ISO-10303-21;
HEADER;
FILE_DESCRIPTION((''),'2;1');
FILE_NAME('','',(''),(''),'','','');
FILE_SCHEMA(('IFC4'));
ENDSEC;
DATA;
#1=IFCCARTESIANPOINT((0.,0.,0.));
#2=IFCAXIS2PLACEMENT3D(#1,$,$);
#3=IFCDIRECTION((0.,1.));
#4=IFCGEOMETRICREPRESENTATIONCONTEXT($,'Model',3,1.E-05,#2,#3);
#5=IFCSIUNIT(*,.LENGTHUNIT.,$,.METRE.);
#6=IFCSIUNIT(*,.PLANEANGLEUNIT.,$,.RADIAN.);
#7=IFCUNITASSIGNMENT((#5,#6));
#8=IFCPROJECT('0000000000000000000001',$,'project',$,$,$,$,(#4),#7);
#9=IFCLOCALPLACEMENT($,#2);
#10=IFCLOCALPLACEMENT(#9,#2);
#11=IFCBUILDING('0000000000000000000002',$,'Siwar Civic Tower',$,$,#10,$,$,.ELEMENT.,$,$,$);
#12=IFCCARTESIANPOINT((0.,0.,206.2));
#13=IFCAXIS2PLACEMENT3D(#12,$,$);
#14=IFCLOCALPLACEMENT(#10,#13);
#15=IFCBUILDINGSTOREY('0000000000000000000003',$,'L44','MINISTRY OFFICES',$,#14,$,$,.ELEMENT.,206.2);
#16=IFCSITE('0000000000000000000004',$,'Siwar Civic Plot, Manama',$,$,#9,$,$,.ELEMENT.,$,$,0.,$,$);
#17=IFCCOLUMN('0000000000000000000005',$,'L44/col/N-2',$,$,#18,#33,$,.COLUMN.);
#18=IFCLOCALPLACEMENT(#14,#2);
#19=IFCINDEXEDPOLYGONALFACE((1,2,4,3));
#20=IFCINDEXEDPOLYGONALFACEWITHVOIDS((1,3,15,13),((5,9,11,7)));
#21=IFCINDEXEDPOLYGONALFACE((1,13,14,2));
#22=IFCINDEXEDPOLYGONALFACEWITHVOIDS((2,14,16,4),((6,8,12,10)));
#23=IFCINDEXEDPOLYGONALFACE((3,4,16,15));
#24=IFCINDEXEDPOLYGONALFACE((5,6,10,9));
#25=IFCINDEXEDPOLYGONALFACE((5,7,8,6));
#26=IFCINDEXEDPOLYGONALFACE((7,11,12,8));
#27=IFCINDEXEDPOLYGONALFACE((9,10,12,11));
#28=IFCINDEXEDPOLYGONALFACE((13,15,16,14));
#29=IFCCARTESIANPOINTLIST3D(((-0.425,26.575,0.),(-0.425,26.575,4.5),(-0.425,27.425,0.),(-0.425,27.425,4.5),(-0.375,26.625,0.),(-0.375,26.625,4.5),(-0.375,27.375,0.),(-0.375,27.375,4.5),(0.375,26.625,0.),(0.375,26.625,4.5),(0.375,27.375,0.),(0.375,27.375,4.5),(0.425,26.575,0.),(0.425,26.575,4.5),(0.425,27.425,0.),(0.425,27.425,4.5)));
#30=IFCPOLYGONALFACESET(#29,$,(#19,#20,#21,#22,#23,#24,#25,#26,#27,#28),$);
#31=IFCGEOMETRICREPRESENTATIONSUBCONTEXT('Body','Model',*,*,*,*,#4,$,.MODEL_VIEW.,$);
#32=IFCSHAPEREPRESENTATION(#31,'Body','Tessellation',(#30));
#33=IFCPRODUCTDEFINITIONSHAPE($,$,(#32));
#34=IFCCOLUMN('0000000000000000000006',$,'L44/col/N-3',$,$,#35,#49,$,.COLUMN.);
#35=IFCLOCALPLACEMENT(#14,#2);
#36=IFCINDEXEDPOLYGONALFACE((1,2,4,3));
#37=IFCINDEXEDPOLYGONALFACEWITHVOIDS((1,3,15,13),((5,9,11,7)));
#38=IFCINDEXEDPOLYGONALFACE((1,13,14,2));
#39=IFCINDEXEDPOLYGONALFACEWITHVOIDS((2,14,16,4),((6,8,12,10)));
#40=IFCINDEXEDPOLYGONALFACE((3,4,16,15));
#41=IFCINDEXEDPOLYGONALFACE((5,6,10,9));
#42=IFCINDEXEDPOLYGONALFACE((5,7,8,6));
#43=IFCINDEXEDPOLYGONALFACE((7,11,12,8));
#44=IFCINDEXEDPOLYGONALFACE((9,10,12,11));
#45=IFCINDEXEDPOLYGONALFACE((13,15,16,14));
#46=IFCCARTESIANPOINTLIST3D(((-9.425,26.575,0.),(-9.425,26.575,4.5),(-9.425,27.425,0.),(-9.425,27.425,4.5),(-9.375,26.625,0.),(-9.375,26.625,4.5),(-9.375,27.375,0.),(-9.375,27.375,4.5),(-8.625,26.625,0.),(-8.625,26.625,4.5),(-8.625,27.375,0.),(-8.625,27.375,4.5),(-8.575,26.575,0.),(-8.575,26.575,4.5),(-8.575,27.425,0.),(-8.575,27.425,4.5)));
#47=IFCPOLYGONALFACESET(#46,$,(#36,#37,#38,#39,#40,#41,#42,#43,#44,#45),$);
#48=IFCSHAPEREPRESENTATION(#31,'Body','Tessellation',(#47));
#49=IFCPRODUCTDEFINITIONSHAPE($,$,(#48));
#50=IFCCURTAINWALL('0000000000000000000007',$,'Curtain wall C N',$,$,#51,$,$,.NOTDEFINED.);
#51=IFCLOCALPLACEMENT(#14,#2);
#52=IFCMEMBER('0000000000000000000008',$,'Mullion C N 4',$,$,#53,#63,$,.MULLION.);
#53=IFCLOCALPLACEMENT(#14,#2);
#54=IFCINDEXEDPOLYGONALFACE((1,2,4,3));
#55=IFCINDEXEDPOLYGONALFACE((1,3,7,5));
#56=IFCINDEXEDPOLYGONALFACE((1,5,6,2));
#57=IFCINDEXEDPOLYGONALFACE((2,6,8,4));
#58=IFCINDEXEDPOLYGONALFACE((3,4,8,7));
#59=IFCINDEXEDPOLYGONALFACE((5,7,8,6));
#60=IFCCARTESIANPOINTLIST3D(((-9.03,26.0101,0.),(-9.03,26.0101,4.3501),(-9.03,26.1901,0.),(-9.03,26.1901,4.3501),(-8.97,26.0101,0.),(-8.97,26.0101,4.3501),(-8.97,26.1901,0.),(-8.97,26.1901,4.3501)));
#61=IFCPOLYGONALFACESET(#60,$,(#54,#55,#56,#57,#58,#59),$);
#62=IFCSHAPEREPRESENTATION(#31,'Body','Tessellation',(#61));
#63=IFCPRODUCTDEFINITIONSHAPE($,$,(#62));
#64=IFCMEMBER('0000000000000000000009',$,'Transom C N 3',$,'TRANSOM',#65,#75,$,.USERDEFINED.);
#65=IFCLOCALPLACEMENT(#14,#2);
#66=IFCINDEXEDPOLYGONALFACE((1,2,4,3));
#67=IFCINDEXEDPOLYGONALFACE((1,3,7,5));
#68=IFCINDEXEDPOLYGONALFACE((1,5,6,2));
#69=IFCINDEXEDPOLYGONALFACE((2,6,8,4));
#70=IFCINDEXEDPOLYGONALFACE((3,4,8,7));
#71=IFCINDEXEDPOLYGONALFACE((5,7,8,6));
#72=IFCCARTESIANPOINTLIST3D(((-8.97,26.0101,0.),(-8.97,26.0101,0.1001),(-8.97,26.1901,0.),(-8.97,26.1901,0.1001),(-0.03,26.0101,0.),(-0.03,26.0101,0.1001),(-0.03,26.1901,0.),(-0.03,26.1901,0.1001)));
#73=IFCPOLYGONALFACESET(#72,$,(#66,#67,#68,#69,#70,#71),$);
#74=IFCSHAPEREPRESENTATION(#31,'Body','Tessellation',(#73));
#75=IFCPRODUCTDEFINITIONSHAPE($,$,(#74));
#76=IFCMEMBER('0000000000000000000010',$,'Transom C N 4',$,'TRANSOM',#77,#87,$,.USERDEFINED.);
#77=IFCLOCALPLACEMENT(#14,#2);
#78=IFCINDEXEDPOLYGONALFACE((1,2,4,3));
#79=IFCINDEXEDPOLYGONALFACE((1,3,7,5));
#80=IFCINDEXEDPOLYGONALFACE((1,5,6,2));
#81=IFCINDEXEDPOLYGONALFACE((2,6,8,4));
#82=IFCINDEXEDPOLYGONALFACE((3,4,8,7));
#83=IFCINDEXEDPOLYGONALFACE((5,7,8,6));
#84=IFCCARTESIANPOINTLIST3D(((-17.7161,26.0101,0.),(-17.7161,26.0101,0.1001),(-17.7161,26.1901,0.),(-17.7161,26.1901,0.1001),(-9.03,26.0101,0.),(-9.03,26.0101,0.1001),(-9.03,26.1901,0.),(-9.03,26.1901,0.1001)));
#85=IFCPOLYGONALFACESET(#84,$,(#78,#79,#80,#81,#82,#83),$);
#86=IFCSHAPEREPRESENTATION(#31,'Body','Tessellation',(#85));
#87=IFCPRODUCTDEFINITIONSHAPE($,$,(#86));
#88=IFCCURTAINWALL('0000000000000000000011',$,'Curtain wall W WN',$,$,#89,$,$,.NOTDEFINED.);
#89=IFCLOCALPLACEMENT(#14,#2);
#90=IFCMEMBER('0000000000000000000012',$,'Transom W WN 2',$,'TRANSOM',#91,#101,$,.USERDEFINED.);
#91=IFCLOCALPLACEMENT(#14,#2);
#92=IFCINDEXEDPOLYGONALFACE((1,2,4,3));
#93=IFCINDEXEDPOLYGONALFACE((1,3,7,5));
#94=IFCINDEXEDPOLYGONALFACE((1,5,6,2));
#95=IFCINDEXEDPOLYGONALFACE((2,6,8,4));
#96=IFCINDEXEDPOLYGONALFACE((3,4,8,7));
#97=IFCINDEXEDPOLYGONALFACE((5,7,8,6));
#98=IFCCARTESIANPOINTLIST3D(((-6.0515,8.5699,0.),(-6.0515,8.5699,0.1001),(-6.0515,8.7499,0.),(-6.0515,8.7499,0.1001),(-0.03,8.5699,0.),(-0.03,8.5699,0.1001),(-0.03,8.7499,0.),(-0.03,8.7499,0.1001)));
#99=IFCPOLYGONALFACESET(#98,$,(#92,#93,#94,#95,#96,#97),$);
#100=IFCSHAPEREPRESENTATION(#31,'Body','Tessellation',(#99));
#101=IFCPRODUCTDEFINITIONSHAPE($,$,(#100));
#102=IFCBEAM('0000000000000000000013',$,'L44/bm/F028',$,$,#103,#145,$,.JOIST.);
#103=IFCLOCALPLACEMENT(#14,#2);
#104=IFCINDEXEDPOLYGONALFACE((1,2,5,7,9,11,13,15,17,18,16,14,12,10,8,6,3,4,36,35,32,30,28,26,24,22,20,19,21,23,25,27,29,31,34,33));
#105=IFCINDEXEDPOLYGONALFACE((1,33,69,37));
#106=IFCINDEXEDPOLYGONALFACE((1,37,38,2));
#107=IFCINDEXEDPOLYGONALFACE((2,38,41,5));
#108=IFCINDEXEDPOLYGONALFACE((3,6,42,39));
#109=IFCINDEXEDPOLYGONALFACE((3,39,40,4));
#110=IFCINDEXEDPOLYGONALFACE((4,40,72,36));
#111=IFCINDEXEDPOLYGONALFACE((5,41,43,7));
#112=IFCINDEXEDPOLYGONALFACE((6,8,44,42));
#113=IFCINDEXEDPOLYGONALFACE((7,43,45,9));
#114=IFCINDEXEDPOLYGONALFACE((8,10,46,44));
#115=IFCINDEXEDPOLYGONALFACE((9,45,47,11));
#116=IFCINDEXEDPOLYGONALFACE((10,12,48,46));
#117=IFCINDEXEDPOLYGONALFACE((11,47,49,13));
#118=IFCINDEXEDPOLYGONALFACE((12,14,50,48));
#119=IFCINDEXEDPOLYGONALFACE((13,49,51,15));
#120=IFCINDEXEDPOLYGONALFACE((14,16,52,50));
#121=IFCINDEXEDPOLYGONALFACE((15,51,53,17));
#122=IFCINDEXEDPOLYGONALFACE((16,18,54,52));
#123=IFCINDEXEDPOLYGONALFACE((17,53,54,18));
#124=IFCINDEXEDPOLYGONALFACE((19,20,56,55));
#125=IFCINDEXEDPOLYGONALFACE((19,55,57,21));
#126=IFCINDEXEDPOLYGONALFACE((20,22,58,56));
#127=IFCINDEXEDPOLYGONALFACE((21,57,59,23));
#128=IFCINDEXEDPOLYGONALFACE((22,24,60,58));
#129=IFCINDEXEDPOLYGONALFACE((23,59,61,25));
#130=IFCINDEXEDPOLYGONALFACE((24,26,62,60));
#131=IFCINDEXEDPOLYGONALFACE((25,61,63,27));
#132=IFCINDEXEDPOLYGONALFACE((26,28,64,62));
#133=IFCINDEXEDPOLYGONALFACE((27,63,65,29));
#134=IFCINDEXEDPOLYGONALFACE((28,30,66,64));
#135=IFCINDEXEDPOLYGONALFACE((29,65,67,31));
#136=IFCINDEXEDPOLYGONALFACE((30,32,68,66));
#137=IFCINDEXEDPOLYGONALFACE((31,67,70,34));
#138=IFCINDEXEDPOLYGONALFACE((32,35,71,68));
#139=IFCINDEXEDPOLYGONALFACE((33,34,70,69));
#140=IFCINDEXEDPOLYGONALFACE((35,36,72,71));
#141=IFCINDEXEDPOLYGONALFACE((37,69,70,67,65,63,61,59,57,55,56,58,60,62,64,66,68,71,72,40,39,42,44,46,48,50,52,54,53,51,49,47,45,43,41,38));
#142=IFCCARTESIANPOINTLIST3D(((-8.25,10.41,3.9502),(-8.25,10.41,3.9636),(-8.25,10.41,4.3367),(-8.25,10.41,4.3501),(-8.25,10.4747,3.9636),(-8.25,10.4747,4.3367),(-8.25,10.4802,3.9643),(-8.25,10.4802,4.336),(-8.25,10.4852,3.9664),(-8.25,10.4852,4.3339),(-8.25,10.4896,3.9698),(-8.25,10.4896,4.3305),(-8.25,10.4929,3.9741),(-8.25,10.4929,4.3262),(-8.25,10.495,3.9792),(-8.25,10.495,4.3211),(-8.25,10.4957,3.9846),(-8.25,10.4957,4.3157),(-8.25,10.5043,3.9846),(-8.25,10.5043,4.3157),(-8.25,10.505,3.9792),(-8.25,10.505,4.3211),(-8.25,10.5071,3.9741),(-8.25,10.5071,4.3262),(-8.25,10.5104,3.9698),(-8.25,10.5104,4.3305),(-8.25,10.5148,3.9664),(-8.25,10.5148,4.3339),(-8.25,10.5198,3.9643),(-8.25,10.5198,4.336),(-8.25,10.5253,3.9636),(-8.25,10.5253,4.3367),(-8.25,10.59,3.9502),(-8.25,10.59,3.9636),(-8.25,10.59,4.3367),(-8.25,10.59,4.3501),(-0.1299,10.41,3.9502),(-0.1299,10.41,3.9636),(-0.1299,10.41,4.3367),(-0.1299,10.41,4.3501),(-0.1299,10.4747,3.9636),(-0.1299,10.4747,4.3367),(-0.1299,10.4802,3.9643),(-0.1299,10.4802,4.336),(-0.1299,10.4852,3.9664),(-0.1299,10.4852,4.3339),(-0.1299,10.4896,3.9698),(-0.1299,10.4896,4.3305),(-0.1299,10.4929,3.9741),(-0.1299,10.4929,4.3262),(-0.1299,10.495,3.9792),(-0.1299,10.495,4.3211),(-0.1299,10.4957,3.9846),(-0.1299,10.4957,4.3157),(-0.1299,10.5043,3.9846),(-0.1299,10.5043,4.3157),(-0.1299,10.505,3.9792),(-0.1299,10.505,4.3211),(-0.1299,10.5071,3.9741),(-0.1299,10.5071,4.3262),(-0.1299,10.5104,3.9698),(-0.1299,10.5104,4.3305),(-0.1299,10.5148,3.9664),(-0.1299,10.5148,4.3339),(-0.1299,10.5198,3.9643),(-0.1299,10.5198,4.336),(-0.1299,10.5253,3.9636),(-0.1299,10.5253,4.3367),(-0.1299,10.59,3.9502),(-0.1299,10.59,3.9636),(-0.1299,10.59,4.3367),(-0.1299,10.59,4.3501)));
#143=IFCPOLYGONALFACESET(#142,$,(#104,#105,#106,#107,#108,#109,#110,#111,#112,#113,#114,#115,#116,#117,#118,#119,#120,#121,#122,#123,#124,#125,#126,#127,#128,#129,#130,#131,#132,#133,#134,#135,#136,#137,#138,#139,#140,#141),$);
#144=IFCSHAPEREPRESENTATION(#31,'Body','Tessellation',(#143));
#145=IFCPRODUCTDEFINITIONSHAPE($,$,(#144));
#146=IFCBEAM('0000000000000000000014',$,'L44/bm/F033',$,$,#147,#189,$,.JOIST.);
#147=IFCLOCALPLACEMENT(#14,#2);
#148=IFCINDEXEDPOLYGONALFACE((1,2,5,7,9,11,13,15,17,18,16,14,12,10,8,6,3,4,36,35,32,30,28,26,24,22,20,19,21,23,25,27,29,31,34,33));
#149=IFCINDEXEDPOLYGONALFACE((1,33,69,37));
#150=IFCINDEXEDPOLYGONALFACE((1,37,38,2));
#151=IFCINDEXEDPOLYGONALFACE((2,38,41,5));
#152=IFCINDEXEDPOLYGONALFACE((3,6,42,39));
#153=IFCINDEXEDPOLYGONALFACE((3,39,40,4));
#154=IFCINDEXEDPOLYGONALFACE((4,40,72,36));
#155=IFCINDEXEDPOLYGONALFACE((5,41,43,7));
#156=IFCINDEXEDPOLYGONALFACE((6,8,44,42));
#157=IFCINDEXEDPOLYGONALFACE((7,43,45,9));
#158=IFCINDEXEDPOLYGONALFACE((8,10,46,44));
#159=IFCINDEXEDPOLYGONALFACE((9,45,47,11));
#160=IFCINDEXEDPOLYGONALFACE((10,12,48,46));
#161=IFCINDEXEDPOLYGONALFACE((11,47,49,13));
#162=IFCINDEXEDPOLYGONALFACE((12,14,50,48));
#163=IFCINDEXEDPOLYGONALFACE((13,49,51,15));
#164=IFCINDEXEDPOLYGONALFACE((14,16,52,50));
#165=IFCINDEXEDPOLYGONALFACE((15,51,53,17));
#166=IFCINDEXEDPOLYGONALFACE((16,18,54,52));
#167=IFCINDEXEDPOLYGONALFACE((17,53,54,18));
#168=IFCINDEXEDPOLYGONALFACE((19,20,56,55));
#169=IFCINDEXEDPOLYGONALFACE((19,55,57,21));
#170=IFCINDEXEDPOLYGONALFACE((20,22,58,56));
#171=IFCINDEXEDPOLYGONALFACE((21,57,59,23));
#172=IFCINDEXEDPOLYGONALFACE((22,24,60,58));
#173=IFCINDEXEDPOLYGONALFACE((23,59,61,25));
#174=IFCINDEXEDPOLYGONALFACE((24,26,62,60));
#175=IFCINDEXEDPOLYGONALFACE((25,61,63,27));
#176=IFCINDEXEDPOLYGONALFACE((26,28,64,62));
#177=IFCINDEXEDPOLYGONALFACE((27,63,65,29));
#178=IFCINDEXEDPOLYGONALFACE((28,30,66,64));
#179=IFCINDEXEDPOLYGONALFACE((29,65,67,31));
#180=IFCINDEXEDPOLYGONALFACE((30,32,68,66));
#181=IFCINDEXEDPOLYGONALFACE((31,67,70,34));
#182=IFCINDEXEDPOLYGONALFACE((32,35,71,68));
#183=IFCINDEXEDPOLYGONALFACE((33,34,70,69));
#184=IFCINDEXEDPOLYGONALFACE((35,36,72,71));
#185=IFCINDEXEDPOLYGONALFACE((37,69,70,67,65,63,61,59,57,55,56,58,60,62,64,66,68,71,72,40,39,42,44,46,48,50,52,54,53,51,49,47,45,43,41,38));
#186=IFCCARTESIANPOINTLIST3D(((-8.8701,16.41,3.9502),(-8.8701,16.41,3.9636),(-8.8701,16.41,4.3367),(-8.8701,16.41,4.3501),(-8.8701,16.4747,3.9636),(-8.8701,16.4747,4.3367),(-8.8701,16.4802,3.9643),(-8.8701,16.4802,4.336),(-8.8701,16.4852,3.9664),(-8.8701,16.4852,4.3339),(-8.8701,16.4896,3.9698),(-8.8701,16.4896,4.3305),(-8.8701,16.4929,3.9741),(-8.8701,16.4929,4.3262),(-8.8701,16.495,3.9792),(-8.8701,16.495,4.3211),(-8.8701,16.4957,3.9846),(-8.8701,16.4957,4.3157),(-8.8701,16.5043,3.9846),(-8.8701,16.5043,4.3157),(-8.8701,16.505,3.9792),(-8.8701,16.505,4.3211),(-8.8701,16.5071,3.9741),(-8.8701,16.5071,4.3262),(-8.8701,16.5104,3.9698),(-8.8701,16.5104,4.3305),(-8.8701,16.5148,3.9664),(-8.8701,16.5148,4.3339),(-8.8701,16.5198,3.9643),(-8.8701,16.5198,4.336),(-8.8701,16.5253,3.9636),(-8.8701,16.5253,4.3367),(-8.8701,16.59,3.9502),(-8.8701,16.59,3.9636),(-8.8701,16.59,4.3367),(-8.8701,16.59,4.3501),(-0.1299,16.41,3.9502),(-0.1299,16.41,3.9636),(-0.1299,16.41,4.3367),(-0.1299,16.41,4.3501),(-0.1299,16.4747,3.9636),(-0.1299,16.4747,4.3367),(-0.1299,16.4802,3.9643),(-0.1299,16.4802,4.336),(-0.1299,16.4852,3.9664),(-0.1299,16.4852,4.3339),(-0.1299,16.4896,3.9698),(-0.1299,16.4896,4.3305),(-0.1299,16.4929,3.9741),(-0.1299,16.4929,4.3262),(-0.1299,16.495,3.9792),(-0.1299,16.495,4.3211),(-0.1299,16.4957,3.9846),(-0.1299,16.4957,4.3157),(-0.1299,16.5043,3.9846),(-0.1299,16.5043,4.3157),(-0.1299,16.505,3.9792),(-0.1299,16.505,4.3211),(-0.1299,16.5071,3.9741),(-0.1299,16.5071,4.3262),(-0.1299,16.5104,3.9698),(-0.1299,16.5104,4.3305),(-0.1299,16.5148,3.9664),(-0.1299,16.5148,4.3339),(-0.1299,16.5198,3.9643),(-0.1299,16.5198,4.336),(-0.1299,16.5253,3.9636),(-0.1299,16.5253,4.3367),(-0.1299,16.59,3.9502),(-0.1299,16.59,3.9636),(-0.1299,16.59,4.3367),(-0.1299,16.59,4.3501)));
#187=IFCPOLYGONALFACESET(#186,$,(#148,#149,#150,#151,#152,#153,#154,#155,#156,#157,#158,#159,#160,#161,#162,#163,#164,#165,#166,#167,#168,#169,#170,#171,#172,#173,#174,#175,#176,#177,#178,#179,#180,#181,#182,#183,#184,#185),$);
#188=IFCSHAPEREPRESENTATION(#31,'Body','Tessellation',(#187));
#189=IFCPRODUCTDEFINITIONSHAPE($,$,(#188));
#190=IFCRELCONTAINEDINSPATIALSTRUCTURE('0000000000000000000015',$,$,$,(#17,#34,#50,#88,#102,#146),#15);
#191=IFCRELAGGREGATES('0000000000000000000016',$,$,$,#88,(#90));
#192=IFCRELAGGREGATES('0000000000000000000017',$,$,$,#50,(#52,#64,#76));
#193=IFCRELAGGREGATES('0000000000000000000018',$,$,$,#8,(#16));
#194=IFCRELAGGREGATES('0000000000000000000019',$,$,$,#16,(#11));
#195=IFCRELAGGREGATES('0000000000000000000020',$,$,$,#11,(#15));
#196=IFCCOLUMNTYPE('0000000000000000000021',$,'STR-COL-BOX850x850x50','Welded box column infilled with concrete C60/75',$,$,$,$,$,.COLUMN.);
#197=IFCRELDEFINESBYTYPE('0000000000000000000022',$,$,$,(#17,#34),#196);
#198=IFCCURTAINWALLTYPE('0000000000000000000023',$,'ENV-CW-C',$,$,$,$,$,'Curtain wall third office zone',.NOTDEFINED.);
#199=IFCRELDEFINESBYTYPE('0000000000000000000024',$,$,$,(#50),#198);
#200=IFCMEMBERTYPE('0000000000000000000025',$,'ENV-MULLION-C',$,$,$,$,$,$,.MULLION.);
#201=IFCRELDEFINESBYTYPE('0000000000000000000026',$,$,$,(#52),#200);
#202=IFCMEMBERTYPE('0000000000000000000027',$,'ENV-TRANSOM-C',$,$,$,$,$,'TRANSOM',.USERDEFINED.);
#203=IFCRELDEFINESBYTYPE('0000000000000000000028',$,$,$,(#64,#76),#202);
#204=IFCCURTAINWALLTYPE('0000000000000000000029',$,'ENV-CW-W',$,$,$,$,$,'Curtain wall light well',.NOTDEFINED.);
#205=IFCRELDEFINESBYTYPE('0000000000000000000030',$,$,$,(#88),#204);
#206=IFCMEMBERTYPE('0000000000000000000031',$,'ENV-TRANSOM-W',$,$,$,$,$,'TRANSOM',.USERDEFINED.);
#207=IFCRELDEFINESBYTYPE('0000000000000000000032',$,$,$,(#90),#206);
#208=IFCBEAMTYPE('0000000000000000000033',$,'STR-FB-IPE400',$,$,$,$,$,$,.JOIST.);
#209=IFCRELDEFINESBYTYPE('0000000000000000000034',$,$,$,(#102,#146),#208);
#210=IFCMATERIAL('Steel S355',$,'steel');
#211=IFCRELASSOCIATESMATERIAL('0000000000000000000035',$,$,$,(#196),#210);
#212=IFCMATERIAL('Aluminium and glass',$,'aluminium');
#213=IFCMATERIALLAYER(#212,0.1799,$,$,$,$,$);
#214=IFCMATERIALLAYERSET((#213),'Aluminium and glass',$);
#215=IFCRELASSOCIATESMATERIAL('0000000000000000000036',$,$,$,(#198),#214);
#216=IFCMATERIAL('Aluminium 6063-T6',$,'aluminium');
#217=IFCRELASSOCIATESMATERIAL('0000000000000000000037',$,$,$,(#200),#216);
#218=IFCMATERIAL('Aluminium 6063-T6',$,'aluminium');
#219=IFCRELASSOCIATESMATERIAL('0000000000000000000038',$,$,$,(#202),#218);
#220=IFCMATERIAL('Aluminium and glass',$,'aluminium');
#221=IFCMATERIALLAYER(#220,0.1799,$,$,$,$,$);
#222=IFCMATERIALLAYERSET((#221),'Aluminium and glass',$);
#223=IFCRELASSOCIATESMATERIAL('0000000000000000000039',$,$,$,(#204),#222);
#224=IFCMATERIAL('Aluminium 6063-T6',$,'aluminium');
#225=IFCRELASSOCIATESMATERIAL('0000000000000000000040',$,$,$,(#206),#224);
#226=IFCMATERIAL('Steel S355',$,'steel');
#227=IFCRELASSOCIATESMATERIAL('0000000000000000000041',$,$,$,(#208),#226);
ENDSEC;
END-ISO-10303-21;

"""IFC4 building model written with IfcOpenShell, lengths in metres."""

from ifc_helpers import new_model, si_unit, direction, frame, origin, origin_2d, place, context, subcontext, project, spatial, rectangle, hollow_rectangle, i_section, extrude, material, layer, layer_set, material_profile, profile_set, type_object, element, aggregate, save


model = new_model("IFC4")

# Units and contexts
model_context = context("Model", 3, precision=1e-05, world=origin(), true_north=direction((0.0, 1.0)))
body_context = subcontext(model_context, "Body", "Model", "MODEL_VIEW")
ifc_project = project(units=[si_unit("LENGTHUNIT", "METRE"), si_unit("PLANEANGLEUNIT", "RADIAN")], contexts=[model_context])

# Site, building, storey
site_placement = place(None, origin())
site = spatial("IfcSite", under=ifc_project, at=site_placement, Name="Siwar Civic Plot, Manama", CompositionType="ELEMENT", RefElevation=0.0)
building_placement = place(site_placement, origin())
building = spatial("IfcBuilding", under=site, at=building_placement, Name="Siwar Civic Tower", CompositionType="ELEMENT")
storey_placement = place(building_placement, frame((0.0, 0.0, 206.2)))
storey = spatial("IfcBuildingStorey", under=building, at=storey_placement, Name="L44", Description="MINISTRY OFFICES", CompositionType="ELEMENT", Elevation=206.2)

# Columns
ifc_material_1 = material(Name="Steel S355", Category="steel")
ifc_material_profile_1 = material_profile(ifc_material_1, hollow_rectangle(XDim=0.8501, YDim=0.8501, WallThickness=0.05, at=origin_2d()), Name="BOX850x850x50")
ifc_profile_set_1 = profile_set([ifc_material_profile_1], Name="Steel S355")
column_type = type_object("IfcColumnType", Name="STR-COL-BOX850x850x50", Description="Welded box column infilled with concrete C60/75", PredefinedType="COLUMN", material=ifc_profile_set_1)
for number, where, z_axis, x_axis, name in (
    (1, (0.0, 27.0, 0.0), (0.0, 0.0, 1.0), (1.0, 0.0, 0.0), "L44/col/N-2"),
    (2, (-9.0, 27.0, 0.0), (0.0, 0.0, 1.0), (1.0, 0.0, 0.0), "L44/col/N-3"),
):
    element("IfcColumn", number, at=place(storey_placement, frame(where, z_axis=z_axis, x_axis=x_axis)), inside=storey, type_object=column_type, Name=name, PredefinedType="COLUMN", context=body_context, shape_type="SweptSolid", body=[
        extrude(hollow_rectangle(XDim=0.8501, YDim=0.8501, WallThickness=0.05, at=origin_2d()), origin(), (0.0, 0.0, 1.0), 4.5),
    ])

# Curtain wall, members
ifc_material_2 = material(Name="Aluminium and glass", Category="aluminium")
ifc_layer_1 = layer(ifc_material_2, 0.1799)
ifc_layer_set_1 = layer_set([ifc_layer_1], Name="Aluminium and glass")
curtain_wall_type_1 = type_object("IfcCurtainWallType", Name="ENV-CW-C", ElementType="Curtain wall third office zone", PredefinedType="NOTDEFINED", material=ifc_layer_set_1)
curtain_wall_1_placement = place(storey_placement, origin())
curtain_wall_1 = element("IfcCurtainWall", 3, at=curtain_wall_1_placement, inside=storey, type_object=curtain_wall_type_1, Name="Curtain wall C N", PredefinedType="NOTDEFINED")
ifc_material_3 = material(Name="Aluminium 6063-T6", Category="aluminium")
ifc_material_profile_2 = material_profile(ifc_material_3, rectangle(XDim=0.1799, YDim=0.0601, at=origin_2d()), Name="AL 180x60")
ifc_profile_set_2 = profile_set([ifc_material_profile_2], Name="Aluminium 6063-T6")
member_type_1 = type_object("IfcMemberType", Name="ENV-MULLION-C", PredefinedType="MULLION", material=ifc_profile_set_2)
member_1_placement = place(storey_placement, frame((-9.0, 26.1001, 0.0), z_axis=(0.0, 0.0, 1.0), x_axis=(0.0, -1.0, 0.0)))
member_1 = element("IfcMember", 4, at=member_1_placement, type_object=member_type_1, Name="Mullion C N 4", PredefinedType="MULLION", context=body_context, shape_type="SweptSolid", body=[
    extrude(rectangle(XDim=0.1799, YDim=0.0601, at=origin_2d()), origin(), (0.0, 0.0, 1.0), 4.3501),
])
ifc_material_4 = material(Name="Aluminium 6063-T6", Category="aluminium")
ifc_material_profile_3 = material_profile(ifc_material_4, rectangle(XDim=0.1799, YDim=0.1001, at=origin_2d()), Name="AL 180x100")
ifc_profile_set_3 = profile_set([ifc_material_profile_3], Name="Aluminium 6063-T6")
member_type_2 = type_object("IfcMemberType", Name="ENV-TRANSOM-C", ElementType="TRANSOM", PredefinedType="USERDEFINED", material=ifc_profile_set_3)
member_2_placement = place(storey_placement, frame((-0.03, 26.1001, 0.05), z_axis=(-1.0, 0.0, 0.0), x_axis=(0.0, -1.0, 0.0)))
member_2 = element("IfcMember", 5, at=member_2_placement, type_object=member_type_2, Name="Transom C N 3", ObjectType="TRANSOM", PredefinedType="USERDEFINED", context=body_context, shape_type="SweptSolid", body=[
    extrude(rectangle(XDim=0.1799, YDim=0.1001, at=origin_2d()), origin(), (0.0, 0.0, 1.0), 8.9399),
])
member_3_placement = place(storey_placement, frame((-9.03, 26.1001, 0.05), z_axis=(-1.0, 0.0, 0.0), x_axis=(0.0, -1.0, 0.0)))
member_3 = element("IfcMember", 6, at=member_3_placement, type_object=member_type_2, Name="Transom C N 4", ObjectType="TRANSOM", PredefinedType="USERDEFINED", context=body_context, shape_type="SweptSolid", body=[
    extrude(rectangle(XDim=0.1799, YDim=0.1001, at=origin_2d()), origin(), (0.0, 0.0, 1.0), 8.686),
])

# Curtain wall, member
ifc_material_5 = material(Name="Aluminium and glass", Category="aluminium")
ifc_layer_2 = layer(ifc_material_5, 0.1799)
ifc_layer_set_2 = layer_set([ifc_layer_2], Name="Aluminium and glass")
curtain_wall_type_2 = type_object("IfcCurtainWallType", Name="ENV-CW-W", ElementType="Curtain wall light well", PredefinedType="NOTDEFINED", material=ifc_layer_set_2)
curtain_wall_2_placement = place(storey_placement, origin())
curtain_wall_2 = element("IfcCurtainWall", 7, at=curtain_wall_2_placement, inside=storey, type_object=curtain_wall_type_2, Name="Curtain wall W WN", PredefinedType="NOTDEFINED")
ifc_material_6 = material(Name="Aluminium 6063-T6", Category="aluminium")
ifc_material_profile_4 = material_profile(ifc_material_6, rectangle(XDim=0.1799, YDim=0.1001, at=origin_2d()), Name="AL 180x100")
ifc_profile_set_4 = profile_set([ifc_material_profile_4], Name="Aluminium 6063-T6")
member_type_3 = type_object("IfcMemberType", Name="ENV-TRANSOM-W", ElementType="TRANSOM", PredefinedType="USERDEFINED", material=ifc_profile_set_4)
member_4_placement = place(storey_placement, frame((-0.03, 8.6599, 0.05), z_axis=(-1.0, 0.0, 0.0), x_axis=(0.0, -1.0, 0.0)))
member_4 = element("IfcMember", 8, at=member_4_placement, type_object=member_type_3, Name="Transom W WN 2", ObjectType="TRANSOM", PredefinedType="USERDEFINED", context=body_context, shape_type="SweptSolid", body=[
    extrude(rectangle(XDim=0.1799, YDim=0.1001, at=origin_2d()), origin(), (0.0, 0.0, 1.0), 6.0215),
])
aggregate(curtain_wall_2, [member_4])

# Beams
ifc_material_7 = material(Name="Steel S355", Category="steel")
ifc_material_profile_5 = material_profile(ifc_material_7, i_section(OverallWidth=0.1799, OverallDepth=0.3999, WebThickness=0.0085, FlangeThickness=0.0134, FilletRadius=0.021, at=origin_2d()), Name="IPE400")
ifc_profile_set_5 = profile_set([ifc_material_profile_5], Name="Steel S355")
beam_type_1 = type_object("IfcBeamType", Name="STR-FB-IPE400", PredefinedType="JOIST", material=ifc_profile_set_5)
beam_1_placement = place(storey_placement, frame((-8.25, 10.5, 4.1501), z_axis=(1.0, 0.0, 0.0), x_axis=(0.0, 1.0, 0.0)))
element("IfcBeam", 9, at=beam_1_placement, inside=storey, type_object=beam_type_1, Name="L44/bm/F028", PredefinedType="JOIST", context=body_context, shape_type="SweptSolid", body=[
    extrude(i_section(OverallWidth=0.1799, OverallDepth=0.3999, WebThickness=0.0085, FlangeThickness=0.0134, FilletRadius=0.021, at=origin_2d()), origin(), (0.0, 0.0, 1.0), 8.1201),
])
for number, where, z_axis, x_axis, name in (
    (10, (-8.8701, 16.5, 4.1501), (1.0, 0.0, 0.0), (0.0, 1.0, 0.0), "L44/bm/F033"),
):
    element("IfcBeam", number, at=place(storey_placement, frame(where, z_axis=z_axis, x_axis=x_axis)), inside=storey, type_object=beam_type_1, Name=name, PredefinedType="JOIST", context=body_context, shape_type="SweptSolid", body=[
        extrude(i_section(OverallWidth=0.1799, OverallDepth=0.3999, WebThickness=0.0085, FlangeThickness=0.0134, FilletRadius=0.021, at=origin_2d()), origin(), (0.0, 0.0, 1.0), 8.7402),
    ])

aggregate(curtain_wall_1, [member_1, member_2, member_3])

save(model, "model.ifc")
